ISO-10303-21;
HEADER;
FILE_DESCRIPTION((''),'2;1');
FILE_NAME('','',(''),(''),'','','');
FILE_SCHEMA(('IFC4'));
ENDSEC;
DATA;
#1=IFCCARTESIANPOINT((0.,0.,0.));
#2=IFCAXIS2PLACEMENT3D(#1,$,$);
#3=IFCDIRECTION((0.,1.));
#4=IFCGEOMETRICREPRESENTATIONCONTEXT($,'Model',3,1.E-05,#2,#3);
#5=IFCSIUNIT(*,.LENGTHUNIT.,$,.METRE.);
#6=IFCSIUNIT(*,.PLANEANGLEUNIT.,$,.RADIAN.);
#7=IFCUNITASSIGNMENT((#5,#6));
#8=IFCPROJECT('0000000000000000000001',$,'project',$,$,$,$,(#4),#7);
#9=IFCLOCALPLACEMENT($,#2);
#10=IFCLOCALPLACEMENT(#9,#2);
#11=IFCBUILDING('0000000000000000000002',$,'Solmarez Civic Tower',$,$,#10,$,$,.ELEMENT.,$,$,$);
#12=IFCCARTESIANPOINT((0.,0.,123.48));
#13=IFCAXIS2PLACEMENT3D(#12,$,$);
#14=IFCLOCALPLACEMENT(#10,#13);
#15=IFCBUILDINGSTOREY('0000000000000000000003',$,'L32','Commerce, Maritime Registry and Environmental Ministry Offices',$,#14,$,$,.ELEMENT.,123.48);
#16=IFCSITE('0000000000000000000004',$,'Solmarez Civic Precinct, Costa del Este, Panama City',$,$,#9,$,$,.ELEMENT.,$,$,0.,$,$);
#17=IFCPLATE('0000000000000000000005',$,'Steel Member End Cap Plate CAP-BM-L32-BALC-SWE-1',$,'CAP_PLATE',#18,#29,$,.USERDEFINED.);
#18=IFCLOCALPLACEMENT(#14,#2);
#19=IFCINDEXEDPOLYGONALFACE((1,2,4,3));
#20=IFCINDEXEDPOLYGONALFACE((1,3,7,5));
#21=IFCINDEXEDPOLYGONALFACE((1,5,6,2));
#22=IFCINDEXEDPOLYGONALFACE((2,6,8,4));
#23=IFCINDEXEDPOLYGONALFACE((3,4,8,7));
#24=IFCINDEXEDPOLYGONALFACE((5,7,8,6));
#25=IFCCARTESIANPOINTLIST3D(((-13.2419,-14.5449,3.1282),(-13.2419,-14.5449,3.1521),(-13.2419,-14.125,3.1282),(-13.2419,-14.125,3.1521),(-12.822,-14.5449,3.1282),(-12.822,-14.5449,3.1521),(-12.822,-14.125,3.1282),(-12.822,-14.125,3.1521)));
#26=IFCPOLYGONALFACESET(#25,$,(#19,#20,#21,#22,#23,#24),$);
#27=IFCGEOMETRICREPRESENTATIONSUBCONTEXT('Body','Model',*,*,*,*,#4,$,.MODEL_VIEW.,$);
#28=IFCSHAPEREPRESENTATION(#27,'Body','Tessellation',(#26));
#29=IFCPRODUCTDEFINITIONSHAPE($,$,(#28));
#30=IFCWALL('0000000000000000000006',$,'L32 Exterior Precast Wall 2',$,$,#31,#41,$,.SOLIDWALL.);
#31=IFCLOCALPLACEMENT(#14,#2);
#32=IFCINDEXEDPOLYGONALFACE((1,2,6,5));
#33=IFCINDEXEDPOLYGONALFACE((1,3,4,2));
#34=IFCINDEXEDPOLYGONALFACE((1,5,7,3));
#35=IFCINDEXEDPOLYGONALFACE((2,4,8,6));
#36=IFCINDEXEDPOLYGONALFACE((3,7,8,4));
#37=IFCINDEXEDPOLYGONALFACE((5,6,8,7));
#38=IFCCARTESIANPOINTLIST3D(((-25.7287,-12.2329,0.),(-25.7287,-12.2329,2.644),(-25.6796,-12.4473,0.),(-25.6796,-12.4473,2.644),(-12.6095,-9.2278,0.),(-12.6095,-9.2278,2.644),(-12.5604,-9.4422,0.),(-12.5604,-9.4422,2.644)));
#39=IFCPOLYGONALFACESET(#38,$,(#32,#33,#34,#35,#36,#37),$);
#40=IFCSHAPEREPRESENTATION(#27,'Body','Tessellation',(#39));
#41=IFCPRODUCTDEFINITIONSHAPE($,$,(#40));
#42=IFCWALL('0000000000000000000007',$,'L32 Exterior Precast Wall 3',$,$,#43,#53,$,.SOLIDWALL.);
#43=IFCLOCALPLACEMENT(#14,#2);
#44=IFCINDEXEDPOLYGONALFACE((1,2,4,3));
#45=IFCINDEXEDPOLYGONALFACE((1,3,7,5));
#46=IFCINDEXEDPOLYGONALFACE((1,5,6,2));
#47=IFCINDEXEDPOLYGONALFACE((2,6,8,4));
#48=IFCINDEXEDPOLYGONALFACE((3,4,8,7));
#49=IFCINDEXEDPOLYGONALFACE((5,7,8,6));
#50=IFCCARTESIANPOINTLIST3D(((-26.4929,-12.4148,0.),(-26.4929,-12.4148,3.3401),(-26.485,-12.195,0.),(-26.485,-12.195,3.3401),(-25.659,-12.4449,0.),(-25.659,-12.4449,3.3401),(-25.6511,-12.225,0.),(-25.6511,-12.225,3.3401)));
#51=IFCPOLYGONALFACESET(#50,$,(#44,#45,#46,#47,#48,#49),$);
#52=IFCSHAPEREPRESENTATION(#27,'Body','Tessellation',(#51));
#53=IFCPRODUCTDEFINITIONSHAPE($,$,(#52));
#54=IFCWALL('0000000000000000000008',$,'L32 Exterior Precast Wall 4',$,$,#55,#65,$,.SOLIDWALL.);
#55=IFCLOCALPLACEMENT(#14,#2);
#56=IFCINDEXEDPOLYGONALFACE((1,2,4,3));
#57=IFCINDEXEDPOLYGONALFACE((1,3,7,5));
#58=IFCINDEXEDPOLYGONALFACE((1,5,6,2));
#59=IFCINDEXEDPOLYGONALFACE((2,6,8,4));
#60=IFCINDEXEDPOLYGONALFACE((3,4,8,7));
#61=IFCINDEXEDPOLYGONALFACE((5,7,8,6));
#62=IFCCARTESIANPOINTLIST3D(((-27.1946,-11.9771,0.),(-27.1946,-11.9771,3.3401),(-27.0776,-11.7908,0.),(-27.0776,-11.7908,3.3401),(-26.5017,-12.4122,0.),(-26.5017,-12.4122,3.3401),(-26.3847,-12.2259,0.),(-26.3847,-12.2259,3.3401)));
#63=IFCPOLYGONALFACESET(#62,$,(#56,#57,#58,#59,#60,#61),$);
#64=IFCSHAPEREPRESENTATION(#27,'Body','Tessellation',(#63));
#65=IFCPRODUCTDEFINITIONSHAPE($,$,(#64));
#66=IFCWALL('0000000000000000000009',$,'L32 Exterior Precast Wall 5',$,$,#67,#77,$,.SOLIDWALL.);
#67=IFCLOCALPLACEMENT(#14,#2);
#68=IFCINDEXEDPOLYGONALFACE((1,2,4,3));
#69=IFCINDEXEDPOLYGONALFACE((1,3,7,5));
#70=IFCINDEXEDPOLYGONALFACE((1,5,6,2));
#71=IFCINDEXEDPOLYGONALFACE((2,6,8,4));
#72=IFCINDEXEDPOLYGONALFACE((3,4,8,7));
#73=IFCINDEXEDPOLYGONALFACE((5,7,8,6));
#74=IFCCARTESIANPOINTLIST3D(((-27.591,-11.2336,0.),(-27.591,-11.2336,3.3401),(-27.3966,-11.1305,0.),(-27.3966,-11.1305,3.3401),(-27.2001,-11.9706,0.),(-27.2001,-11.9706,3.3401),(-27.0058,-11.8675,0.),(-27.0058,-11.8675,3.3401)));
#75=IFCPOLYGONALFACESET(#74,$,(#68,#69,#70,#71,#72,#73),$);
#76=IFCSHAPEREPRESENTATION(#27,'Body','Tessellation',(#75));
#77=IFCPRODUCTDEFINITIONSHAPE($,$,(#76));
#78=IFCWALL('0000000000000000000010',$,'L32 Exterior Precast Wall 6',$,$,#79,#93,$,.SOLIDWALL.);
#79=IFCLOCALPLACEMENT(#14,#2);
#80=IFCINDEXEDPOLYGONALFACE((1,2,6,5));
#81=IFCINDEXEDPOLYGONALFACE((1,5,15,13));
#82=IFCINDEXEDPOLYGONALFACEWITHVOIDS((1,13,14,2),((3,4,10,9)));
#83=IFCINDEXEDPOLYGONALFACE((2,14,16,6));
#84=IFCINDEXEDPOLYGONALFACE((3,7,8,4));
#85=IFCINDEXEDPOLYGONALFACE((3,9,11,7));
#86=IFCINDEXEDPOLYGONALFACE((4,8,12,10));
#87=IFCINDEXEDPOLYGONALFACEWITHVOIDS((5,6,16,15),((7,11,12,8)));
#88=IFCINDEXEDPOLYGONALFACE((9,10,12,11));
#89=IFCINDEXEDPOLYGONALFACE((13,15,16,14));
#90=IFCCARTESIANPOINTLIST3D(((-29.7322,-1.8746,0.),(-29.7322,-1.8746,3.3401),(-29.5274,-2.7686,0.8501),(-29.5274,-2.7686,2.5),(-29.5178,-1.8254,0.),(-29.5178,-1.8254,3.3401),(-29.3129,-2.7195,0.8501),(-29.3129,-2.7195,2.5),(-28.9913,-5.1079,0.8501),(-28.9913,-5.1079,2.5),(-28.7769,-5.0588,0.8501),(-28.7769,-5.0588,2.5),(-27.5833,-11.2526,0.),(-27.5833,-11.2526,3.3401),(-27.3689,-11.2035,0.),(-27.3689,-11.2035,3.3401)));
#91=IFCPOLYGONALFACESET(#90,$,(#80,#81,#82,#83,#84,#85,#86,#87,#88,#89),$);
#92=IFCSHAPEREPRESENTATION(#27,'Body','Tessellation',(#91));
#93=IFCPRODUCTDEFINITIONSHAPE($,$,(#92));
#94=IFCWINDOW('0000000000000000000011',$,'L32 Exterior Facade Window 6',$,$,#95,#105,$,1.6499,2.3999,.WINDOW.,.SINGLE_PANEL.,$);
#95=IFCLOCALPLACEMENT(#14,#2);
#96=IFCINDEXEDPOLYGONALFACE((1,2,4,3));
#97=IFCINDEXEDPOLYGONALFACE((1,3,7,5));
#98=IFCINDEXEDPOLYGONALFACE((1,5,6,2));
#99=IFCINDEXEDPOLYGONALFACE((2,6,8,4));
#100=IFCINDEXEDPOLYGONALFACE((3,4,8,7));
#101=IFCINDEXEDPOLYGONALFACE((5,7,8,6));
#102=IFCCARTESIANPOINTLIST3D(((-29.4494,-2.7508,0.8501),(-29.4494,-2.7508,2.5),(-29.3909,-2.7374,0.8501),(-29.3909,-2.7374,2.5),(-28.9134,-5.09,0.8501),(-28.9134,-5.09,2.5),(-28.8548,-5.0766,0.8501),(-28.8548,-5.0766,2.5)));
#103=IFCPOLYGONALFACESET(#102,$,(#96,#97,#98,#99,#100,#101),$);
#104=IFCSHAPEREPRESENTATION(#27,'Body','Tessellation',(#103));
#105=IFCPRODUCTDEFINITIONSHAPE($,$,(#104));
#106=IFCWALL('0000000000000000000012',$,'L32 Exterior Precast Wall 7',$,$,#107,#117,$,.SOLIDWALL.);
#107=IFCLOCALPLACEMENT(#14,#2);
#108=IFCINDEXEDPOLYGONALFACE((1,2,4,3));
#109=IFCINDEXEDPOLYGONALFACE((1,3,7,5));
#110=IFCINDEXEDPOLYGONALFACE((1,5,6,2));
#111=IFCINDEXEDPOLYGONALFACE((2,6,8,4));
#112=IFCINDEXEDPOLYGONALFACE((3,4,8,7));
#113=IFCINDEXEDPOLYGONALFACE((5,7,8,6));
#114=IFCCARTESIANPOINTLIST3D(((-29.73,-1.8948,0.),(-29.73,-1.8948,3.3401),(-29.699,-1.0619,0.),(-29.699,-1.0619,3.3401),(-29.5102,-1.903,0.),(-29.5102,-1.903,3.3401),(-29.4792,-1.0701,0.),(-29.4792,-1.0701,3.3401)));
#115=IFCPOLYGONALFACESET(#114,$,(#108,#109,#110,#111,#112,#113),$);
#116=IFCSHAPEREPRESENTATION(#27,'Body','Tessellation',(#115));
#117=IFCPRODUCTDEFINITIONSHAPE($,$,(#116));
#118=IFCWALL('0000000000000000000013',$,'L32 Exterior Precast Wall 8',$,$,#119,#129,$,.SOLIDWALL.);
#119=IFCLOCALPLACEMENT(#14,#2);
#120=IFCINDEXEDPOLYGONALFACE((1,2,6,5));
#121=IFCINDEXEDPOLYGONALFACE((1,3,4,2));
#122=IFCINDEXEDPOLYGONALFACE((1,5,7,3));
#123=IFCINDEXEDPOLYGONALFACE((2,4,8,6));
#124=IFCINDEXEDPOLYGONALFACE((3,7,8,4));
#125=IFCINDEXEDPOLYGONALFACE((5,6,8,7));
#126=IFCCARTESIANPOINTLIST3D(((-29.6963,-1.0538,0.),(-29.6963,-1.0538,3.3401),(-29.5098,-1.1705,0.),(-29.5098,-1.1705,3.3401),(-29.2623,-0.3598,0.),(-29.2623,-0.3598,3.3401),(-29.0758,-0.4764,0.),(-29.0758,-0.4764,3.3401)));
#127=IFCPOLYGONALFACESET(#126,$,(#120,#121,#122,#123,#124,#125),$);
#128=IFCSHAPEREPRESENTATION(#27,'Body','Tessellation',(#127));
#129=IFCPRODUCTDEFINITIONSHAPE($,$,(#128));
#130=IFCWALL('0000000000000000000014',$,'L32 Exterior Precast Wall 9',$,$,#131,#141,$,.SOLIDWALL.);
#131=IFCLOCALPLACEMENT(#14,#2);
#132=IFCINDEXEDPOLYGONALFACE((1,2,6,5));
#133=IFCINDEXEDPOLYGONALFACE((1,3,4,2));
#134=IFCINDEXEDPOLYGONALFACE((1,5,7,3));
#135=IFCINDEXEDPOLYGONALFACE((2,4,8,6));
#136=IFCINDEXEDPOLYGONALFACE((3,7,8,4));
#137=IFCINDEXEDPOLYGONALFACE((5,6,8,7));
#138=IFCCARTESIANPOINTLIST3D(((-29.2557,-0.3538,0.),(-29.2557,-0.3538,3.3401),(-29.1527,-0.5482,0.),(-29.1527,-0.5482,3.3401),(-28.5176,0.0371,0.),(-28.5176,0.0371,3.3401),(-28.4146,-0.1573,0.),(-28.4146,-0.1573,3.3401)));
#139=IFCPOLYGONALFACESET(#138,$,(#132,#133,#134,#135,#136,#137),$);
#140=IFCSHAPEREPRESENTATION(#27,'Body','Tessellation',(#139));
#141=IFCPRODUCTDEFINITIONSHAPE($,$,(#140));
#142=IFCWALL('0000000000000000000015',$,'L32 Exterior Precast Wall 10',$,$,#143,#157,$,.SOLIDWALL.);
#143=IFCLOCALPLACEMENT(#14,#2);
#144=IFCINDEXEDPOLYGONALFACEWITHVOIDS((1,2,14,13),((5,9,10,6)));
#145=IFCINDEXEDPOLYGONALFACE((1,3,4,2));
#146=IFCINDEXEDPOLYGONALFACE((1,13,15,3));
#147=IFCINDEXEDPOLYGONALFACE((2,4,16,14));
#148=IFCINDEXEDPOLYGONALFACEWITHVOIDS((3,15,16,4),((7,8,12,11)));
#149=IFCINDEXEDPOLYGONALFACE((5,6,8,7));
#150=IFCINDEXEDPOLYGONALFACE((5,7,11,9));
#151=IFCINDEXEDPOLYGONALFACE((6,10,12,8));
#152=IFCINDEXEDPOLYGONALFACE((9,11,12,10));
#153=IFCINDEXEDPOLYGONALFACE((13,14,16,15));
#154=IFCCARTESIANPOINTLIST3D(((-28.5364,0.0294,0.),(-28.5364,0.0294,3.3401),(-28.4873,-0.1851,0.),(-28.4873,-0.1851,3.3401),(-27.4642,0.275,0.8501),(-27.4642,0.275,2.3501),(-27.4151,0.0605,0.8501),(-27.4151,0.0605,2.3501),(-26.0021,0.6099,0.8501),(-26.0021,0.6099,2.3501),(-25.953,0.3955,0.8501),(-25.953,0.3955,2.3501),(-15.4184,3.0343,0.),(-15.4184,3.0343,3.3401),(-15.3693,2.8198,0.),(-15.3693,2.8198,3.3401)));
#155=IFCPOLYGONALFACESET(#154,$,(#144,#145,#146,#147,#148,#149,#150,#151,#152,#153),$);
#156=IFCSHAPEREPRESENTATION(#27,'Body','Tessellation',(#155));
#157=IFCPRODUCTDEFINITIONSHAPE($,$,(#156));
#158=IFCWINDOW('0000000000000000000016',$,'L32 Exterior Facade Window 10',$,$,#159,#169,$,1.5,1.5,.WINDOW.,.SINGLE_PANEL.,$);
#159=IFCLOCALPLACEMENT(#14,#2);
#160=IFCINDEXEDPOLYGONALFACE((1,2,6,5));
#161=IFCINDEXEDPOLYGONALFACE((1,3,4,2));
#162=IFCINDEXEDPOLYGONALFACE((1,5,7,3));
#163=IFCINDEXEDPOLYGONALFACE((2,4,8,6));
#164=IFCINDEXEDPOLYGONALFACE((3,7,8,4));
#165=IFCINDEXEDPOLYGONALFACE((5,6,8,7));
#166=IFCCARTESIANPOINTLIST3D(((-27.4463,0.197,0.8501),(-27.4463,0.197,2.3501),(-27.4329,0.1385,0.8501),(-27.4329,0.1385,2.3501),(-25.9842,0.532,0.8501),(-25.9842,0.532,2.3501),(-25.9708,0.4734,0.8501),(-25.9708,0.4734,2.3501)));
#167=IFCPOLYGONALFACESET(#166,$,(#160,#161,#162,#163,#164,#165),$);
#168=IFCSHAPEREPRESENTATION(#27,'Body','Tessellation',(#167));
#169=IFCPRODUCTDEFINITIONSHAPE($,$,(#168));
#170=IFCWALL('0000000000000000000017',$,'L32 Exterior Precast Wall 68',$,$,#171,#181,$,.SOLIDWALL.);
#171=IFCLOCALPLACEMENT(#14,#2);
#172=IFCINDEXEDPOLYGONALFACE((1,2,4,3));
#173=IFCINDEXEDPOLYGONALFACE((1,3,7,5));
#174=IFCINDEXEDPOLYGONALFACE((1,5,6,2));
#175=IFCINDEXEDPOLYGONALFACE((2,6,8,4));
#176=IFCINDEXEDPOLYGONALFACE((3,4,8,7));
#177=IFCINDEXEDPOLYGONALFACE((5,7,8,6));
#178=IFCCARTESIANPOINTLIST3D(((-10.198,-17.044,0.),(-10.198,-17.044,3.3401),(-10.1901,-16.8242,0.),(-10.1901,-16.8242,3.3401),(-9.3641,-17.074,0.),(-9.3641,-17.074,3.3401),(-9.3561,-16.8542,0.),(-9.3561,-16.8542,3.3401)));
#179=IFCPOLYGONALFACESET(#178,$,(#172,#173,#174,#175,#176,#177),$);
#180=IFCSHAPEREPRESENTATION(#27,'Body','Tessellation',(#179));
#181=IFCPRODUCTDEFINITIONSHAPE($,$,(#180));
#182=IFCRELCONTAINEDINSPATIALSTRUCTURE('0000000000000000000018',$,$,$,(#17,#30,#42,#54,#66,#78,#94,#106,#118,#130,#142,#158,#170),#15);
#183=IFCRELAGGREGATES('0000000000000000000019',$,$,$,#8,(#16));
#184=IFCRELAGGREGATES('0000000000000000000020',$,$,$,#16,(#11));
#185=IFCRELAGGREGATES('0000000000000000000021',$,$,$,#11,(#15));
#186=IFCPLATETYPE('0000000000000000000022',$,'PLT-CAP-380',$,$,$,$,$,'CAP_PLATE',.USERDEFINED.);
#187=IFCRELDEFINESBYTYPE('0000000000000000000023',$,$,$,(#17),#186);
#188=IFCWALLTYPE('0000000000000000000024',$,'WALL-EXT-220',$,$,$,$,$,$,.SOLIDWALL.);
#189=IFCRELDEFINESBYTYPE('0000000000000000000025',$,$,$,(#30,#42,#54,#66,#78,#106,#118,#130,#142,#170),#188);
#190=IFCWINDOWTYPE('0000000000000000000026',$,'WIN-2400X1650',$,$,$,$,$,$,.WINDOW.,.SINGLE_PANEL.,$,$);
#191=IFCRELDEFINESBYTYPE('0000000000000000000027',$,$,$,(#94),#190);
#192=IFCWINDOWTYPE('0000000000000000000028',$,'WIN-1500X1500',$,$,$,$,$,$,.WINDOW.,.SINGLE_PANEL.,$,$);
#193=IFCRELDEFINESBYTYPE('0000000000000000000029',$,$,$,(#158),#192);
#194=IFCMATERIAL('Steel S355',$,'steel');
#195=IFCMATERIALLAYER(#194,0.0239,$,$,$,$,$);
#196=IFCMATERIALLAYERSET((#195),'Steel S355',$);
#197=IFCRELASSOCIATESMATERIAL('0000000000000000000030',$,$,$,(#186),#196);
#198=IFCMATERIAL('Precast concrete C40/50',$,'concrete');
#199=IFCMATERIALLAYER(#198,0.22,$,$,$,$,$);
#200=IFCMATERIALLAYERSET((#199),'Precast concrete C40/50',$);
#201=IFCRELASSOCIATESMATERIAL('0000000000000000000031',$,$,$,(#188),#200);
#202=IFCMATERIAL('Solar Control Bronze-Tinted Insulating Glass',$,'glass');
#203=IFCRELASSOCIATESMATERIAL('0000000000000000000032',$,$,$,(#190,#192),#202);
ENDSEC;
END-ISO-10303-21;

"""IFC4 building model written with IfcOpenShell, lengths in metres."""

from ifc_helpers import new_model, si_unit, direction, frame, frame_2d, origin, origin_2d, place, context, subcontext, project, spatial, rectangle, extrude, material, layer, layer_set, type_object, element, fill, save


model = new_model("IFC4")

# Units and contexts
model_context = context("Model", 3, precision=1e-05, world=origin(), true_north=direction((0.0, 1.0)))
body_context = subcontext(model_context, "Body", "Model", "MODEL_VIEW")
ifc_project = project(units=[si_unit("LENGTHUNIT", "METRE"), si_unit("PLANEANGLEUNIT", "RADIAN")], contexts=[model_context])

# Site, building, storey
site_placement = place(None, origin())
site = spatial("IfcSite", under=ifc_project, at=site_placement, Name="Solmarez Civic Precinct, Costa del Este, Panama City", CompositionType="ELEMENT", RefElevation=0.0)
building_placement = place(site_placement, origin())
building = spatial("IfcBuilding", under=site, at=building_placement, Name="Solmarez Civic Tower", CompositionType="ELEMENT")
storey_placement = place(building_placement, frame((0.0, 0.0, 123.48)))
storey = spatial("IfcBuildingStorey", under=building, at=storey_placement, Name="L32", Description="Commerce, Maritime Registry and Environmental Ministry Offices", CompositionType="ELEMENT", Elevation=123.48)

# Shared definitions
ifc_material_1 = material(Name="Steel S355", Category="steel")

# Plate
ifc_layer_1 = layer(ifc_material_1, 0.0239)
ifc_layer_set_1 = layer_set([ifc_layer_1], Name="Steel S355")
plate_type = type_object("IfcPlateType", Name="PLT-CAP-380", ElementType="CAP_PLATE", PredefinedType="USERDEFINED", material=ifc_layer_set_1)
for number, where, z_axis, x_axis, name in (
    (1, (-13.032, -14.335, 3.1282), (0.0, 0.0, 1.0), (1.0, 0.0, 0.0), "Steel Member End Cap Plate CAP-BM-L32-BALC-SWE-1"),
):
    element("IfcPlate", number, at=place(storey_placement, frame(where, z_axis=z_axis, x_axis=x_axis)), inside=storey, type_object=plate_type, Name=name, ObjectType="CAP_PLATE", PredefinedType="USERDEFINED", context=body_context, shape_type="SweptSolid", body=[
        extrude(rectangle(XDim=0.4199, YDim=0.4199, at=origin_2d()), origin(), (0.0, 0.0, 1.0), 0.0239),
    ])

# Walls
ifc_material_2 = material(Name="Precast concrete C40/50", Category="concrete")
ifc_layer_2 = layer(ifc_material_2, 0.22)
ifc_layer_set_2 = layer_set([ifc_layer_2], Name="Precast concrete C40/50")
wall_type_1 = type_object("IfcWallType", Name="WALL-EXT-220", PredefinedType="SOLIDWALL", material=ifc_layer_set_2)
wall_1_placement = place(storey_placement, frame((-12.585, -9.335, 0.0), z_axis=(0.0, 0.0, 1.0), x_axis=(-0.974754, -0.223281, 0.0)))
element("IfcWall", 2, at=wall_1_placement, inside=storey, type_object=wall_type_1, Name="L32 Exterior Precast Wall 2", PredefinedType="SOLIDWALL", context=body_context, shape_type="SweptSolid", body=[
    extrude(rectangle(XDim=13.459, YDim=0.22, at=frame_2d((6.7295, 0.0))), origin(), (0.0, 0.0, 1.0), 2.644),
])
wall_2_placement = place(storey_placement, frame((-25.655, -12.335, 0.0), z_axis=(0.0, 0.0, 1.0), x_axis=(-0.999352, 0.035984, 0.0)))
element("IfcWall", 3, at=wall_2_placement, inside=storey, type_object=wall_type_1, Name="L32 Exterior Precast Wall 3", PredefinedType="SOLIDWALL", context=body_context, shape_type="SweptSolid", body=[
    extrude(rectangle(XDim=0.8345, YDim=0.22, at=frame_2d((0.4172, 0.0))), origin(), (0.0, 0.0, 1.0), 3.3401),
])
wall_3_placement = place(storey_placement, frame((-26.4431, -12.3191, 0.0), z_axis=(0.0, 0.0, 1.0), x_axis=(-0.84689, 0.531768, 0.0)))
element("IfcWall", 4, at=wall_3_placement, inside=storey, type_object=wall_type_1, Name="L32 Exterior Precast Wall 4", PredefinedType="SOLIDWALL", context=body_context, shape_type="SweptSolid", body=[
    extrude(rectangle(XDim=0.8181, YDim=0.22, at=frame_2d((0.4092, 0.0))), origin(), (0.0, 0.0, 1.0), 3.3401),
])
wall_4_placement = place(storey_placement, frame((-27.103, -11.9189, 0.0), z_axis=(0.0, 0.0, 1.0), x_axis=(-0.468506, 0.88346, 0.0)))
element("IfcWall", 5, at=wall_4_placement, inside=storey, type_object=wall_type_1, Name="L32 Exterior Precast Wall 5", PredefinedType="SOLIDWALL", context=body_context, shape_type="SweptSolid", body=[
    extrude(rectangle(XDim=0.8342, YDim=0.22, at=frame_2d((0.417, 0.0))), origin(), (0.0, 0.0, 1.0), 3.3401),
])

# Wall, opening, window
wall_5_placement = place(storey_placement, frame((-27.4761, -11.228, 0.0), z_axis=(0.0, 0.0, 1.0), x_axis=(-0.223358, 0.974736, 0.0)))
wall_5 = element("IfcWall", 6, at=wall_5_placement, inside=storey, type_object=wall_type_1, Name="L32 Exterior Precast Wall 6", PredefinedType="SOLIDWALL", context=body_context, shape_type="SweptSolid", body=[
    extrude(rectangle(XDim=9.6211, YDim=0.22, at=frame_2d((4.8105, 0.0))), origin(), (0.0, 0.0, 1.0), 3.3401),
])
opening_1_placement = place(wall_5_placement, frame((6.304, 0.0, 0.8501)))
opening_1 = element("IfcOpeningElement", 7, at=opening_1_placement, cuts=wall_5, PredefinedType="OPENING", context=body_context, shape_type="SweptSolid", body=[
    extrude(rectangle(XDim=2.3999, YDim=1.6499, at=frame_2d((1.2, 0.825))), frame((0.0, 0.1199, 0.0), z_axis=(0.0, -1.0, 0.0), x_axis=(1.0, 0.0, 0.0)), (0.0, 0.0, 1.0), 0.24),
])
ifc_material_3 = material(Name="Solar Control Bronze-Tinted Insulating Glass", Category="glass")
window_type_1 = type_object("IfcWindowType", Name="WIN-2400X1650", PartitioningType="SINGLE_PANEL", PredefinedType="WINDOW", material=ifc_material_3)
window_1_placement = place(opening_1_placement, origin())
window_1 = element("IfcWindow", 8, at=window_1_placement, inside=storey, type_object=window_type_1, Name="L32 Exterior Facade Window 6", OverallHeight=1.6499, OverallWidth=2.3999, PartitioningType="SINGLE_PANEL", PredefinedType="WINDOW", context=body_context, shape_type="SweptSolid", body=[
    extrude(rectangle(XDim=2.3999, YDim=1.6499, at=frame_2d((1.2, 0.825))), frame((0.0, 0.03, 0.0), z_axis=(0.0, -1.0, 0.0), x_axis=(1.0, 0.0, 0.0)), (0.0, 0.0, 1.0), 0.0601),
])
fill(opening_1, window_1)

# Walls
wall_6_placement = place(storey_placement, frame((-29.6201, -1.8989, 0.0), z_axis=(0.0, 0.0, 1.0), x_axis=(0.037196, 0.999308, 0.0)))
element("IfcWall", 9, at=wall_6_placement, inside=storey, type_object=wall_type_1, Name="L32 Exterior Precast Wall 7", PredefinedType="SOLIDWALL", context=body_context, shape_type="SweptSolid", body=[
    extrude(rectangle(XDim=0.8335, YDim=0.22, at=frame_2d((0.4167, 0.0))), origin(), (0.0, 0.0, 1.0), 3.3401),
])
wall_7_placement = place(storey_placement, frame((-29.603, -1.1121, 0.0), z_axis=(0.0, 0.0, 1.0), x_axis=(0.53024, 0.847847, 0.0)))
element("IfcWall", 10, at=wall_7_placement, inside=storey, type_object=wall_type_1, Name="L32 Exterior Precast Wall 8", PredefinedType="SOLIDWALL", context=body_context, shape_type="SweptSolid", body=[
    extrude(rectangle(XDim=0.8186, YDim=0.22, at=frame_2d((0.4092, 0.0))), origin(), (0.0, 0.0, 1.0), 3.3401),
])
wall_8_placement = place(storey_placement, frame((-29.2041, -0.4509, 0.0), z_axis=(0.0, 0.0, 1.0), x_axis=(0.883717, 0.468022, 0.0)))
element("IfcWall", 11, at=wall_8_placement, inside=storey, type_object=wall_type_1, Name="L32 Exterior Precast Wall 9", PredefinedType="SOLIDWALL", context=body_context, shape_type="SweptSolid", body=[
    extrude(rectangle(XDim=0.8352, YDim=0.22, at=frame_2d((0.4175, 0.0))), origin(), (0.0, 0.0, 1.0), 3.3401),
])

# Wall, opening, window
wall_9_placement = place(storey_placement, frame((-28.512, -0.0779, 0.0), z_axis=(0.0, 0.0, 1.0), x_axis=(0.974753, 0.223284, 0.0)))
wall_9 = element("IfcWall", 12, at=wall_9_placement, inside=storey, type_object=wall_type_1, Name="L32 Exterior Precast Wall 10", PredefinedType="SOLIDWALL", context=body_context, shape_type="SweptSolid", body=[
    extrude(rectangle(XDim=13.4578, YDim=0.22, at=frame_2d((6.729, 0.0))), origin(), (0.0, 0.0, 1.0), 3.3401),
])
opening_2_placement = place(wall_9_placement, frame((1.1001, 0.0, 0.8501)))
opening_2 = element("IfcOpeningElement", 13, at=opening_2_placement, cuts=wall_9, PredefinedType="OPENING", context=body_context, shape_type="SweptSolid", body=[
    extrude(rectangle(XDim=1.5, YDim=1.5, at=frame_2d((0.75, 0.75))), frame((0.0, 0.1199, 0.0), z_axis=(0.0, -1.0, 0.0), x_axis=(1.0, 0.0, 0.0)), (0.0, 0.0, 1.0), 0.24),
])
window_type_2 = type_object("IfcWindowType", Name="WIN-1500X1500", PartitioningType="SINGLE_PANEL", PredefinedType="WINDOW", material=ifc_material_3)
window_2_placement = place(opening_2_placement, origin())
window_2 = element("IfcWindow", 14, at=window_2_placement, inside=storey, type_object=window_type_2, Name="L32 Exterior Facade Window 10", OverallHeight=1.5, OverallWidth=1.5, PartitioningType="SINGLE_PANEL", PredefinedType="WINDOW", context=body_context, shape_type="SweptSolid", body=[
    extrude(rectangle(XDim=1.5, YDim=1.5, at=frame_2d((0.75, 0.75))), frame((0.0, 0.03, 0.0), z_axis=(0.0, -1.0, 0.0), x_axis=(1.0, 0.0, 0.0)), (0.0, 0.0, 1.0), 0.0601),
])
fill(opening_2, window_2)

# Wall
wall_10_placement = place(storey_placement, frame((-9.3601, -16.9641, 0.0), z_axis=(0.0, 0.0, 1.0), x_axis=(-0.999352, 0.035984, 0.0)))
element("IfcWall", 15, at=wall_10_placement, inside=storey, type_object=wall_type_1, Name="L32 Exterior Precast Wall 68", PredefinedType="SOLIDWALL", context=body_context, shape_type="SweptSolid", body=[
    extrude(rectangle(XDim=0.8345, YDim=0.22, at=frame_2d((0.4172, 0.0))), origin(), (0.0, 0.0, 1.0), 3.3401),
])

save(model, "model.ifc")
